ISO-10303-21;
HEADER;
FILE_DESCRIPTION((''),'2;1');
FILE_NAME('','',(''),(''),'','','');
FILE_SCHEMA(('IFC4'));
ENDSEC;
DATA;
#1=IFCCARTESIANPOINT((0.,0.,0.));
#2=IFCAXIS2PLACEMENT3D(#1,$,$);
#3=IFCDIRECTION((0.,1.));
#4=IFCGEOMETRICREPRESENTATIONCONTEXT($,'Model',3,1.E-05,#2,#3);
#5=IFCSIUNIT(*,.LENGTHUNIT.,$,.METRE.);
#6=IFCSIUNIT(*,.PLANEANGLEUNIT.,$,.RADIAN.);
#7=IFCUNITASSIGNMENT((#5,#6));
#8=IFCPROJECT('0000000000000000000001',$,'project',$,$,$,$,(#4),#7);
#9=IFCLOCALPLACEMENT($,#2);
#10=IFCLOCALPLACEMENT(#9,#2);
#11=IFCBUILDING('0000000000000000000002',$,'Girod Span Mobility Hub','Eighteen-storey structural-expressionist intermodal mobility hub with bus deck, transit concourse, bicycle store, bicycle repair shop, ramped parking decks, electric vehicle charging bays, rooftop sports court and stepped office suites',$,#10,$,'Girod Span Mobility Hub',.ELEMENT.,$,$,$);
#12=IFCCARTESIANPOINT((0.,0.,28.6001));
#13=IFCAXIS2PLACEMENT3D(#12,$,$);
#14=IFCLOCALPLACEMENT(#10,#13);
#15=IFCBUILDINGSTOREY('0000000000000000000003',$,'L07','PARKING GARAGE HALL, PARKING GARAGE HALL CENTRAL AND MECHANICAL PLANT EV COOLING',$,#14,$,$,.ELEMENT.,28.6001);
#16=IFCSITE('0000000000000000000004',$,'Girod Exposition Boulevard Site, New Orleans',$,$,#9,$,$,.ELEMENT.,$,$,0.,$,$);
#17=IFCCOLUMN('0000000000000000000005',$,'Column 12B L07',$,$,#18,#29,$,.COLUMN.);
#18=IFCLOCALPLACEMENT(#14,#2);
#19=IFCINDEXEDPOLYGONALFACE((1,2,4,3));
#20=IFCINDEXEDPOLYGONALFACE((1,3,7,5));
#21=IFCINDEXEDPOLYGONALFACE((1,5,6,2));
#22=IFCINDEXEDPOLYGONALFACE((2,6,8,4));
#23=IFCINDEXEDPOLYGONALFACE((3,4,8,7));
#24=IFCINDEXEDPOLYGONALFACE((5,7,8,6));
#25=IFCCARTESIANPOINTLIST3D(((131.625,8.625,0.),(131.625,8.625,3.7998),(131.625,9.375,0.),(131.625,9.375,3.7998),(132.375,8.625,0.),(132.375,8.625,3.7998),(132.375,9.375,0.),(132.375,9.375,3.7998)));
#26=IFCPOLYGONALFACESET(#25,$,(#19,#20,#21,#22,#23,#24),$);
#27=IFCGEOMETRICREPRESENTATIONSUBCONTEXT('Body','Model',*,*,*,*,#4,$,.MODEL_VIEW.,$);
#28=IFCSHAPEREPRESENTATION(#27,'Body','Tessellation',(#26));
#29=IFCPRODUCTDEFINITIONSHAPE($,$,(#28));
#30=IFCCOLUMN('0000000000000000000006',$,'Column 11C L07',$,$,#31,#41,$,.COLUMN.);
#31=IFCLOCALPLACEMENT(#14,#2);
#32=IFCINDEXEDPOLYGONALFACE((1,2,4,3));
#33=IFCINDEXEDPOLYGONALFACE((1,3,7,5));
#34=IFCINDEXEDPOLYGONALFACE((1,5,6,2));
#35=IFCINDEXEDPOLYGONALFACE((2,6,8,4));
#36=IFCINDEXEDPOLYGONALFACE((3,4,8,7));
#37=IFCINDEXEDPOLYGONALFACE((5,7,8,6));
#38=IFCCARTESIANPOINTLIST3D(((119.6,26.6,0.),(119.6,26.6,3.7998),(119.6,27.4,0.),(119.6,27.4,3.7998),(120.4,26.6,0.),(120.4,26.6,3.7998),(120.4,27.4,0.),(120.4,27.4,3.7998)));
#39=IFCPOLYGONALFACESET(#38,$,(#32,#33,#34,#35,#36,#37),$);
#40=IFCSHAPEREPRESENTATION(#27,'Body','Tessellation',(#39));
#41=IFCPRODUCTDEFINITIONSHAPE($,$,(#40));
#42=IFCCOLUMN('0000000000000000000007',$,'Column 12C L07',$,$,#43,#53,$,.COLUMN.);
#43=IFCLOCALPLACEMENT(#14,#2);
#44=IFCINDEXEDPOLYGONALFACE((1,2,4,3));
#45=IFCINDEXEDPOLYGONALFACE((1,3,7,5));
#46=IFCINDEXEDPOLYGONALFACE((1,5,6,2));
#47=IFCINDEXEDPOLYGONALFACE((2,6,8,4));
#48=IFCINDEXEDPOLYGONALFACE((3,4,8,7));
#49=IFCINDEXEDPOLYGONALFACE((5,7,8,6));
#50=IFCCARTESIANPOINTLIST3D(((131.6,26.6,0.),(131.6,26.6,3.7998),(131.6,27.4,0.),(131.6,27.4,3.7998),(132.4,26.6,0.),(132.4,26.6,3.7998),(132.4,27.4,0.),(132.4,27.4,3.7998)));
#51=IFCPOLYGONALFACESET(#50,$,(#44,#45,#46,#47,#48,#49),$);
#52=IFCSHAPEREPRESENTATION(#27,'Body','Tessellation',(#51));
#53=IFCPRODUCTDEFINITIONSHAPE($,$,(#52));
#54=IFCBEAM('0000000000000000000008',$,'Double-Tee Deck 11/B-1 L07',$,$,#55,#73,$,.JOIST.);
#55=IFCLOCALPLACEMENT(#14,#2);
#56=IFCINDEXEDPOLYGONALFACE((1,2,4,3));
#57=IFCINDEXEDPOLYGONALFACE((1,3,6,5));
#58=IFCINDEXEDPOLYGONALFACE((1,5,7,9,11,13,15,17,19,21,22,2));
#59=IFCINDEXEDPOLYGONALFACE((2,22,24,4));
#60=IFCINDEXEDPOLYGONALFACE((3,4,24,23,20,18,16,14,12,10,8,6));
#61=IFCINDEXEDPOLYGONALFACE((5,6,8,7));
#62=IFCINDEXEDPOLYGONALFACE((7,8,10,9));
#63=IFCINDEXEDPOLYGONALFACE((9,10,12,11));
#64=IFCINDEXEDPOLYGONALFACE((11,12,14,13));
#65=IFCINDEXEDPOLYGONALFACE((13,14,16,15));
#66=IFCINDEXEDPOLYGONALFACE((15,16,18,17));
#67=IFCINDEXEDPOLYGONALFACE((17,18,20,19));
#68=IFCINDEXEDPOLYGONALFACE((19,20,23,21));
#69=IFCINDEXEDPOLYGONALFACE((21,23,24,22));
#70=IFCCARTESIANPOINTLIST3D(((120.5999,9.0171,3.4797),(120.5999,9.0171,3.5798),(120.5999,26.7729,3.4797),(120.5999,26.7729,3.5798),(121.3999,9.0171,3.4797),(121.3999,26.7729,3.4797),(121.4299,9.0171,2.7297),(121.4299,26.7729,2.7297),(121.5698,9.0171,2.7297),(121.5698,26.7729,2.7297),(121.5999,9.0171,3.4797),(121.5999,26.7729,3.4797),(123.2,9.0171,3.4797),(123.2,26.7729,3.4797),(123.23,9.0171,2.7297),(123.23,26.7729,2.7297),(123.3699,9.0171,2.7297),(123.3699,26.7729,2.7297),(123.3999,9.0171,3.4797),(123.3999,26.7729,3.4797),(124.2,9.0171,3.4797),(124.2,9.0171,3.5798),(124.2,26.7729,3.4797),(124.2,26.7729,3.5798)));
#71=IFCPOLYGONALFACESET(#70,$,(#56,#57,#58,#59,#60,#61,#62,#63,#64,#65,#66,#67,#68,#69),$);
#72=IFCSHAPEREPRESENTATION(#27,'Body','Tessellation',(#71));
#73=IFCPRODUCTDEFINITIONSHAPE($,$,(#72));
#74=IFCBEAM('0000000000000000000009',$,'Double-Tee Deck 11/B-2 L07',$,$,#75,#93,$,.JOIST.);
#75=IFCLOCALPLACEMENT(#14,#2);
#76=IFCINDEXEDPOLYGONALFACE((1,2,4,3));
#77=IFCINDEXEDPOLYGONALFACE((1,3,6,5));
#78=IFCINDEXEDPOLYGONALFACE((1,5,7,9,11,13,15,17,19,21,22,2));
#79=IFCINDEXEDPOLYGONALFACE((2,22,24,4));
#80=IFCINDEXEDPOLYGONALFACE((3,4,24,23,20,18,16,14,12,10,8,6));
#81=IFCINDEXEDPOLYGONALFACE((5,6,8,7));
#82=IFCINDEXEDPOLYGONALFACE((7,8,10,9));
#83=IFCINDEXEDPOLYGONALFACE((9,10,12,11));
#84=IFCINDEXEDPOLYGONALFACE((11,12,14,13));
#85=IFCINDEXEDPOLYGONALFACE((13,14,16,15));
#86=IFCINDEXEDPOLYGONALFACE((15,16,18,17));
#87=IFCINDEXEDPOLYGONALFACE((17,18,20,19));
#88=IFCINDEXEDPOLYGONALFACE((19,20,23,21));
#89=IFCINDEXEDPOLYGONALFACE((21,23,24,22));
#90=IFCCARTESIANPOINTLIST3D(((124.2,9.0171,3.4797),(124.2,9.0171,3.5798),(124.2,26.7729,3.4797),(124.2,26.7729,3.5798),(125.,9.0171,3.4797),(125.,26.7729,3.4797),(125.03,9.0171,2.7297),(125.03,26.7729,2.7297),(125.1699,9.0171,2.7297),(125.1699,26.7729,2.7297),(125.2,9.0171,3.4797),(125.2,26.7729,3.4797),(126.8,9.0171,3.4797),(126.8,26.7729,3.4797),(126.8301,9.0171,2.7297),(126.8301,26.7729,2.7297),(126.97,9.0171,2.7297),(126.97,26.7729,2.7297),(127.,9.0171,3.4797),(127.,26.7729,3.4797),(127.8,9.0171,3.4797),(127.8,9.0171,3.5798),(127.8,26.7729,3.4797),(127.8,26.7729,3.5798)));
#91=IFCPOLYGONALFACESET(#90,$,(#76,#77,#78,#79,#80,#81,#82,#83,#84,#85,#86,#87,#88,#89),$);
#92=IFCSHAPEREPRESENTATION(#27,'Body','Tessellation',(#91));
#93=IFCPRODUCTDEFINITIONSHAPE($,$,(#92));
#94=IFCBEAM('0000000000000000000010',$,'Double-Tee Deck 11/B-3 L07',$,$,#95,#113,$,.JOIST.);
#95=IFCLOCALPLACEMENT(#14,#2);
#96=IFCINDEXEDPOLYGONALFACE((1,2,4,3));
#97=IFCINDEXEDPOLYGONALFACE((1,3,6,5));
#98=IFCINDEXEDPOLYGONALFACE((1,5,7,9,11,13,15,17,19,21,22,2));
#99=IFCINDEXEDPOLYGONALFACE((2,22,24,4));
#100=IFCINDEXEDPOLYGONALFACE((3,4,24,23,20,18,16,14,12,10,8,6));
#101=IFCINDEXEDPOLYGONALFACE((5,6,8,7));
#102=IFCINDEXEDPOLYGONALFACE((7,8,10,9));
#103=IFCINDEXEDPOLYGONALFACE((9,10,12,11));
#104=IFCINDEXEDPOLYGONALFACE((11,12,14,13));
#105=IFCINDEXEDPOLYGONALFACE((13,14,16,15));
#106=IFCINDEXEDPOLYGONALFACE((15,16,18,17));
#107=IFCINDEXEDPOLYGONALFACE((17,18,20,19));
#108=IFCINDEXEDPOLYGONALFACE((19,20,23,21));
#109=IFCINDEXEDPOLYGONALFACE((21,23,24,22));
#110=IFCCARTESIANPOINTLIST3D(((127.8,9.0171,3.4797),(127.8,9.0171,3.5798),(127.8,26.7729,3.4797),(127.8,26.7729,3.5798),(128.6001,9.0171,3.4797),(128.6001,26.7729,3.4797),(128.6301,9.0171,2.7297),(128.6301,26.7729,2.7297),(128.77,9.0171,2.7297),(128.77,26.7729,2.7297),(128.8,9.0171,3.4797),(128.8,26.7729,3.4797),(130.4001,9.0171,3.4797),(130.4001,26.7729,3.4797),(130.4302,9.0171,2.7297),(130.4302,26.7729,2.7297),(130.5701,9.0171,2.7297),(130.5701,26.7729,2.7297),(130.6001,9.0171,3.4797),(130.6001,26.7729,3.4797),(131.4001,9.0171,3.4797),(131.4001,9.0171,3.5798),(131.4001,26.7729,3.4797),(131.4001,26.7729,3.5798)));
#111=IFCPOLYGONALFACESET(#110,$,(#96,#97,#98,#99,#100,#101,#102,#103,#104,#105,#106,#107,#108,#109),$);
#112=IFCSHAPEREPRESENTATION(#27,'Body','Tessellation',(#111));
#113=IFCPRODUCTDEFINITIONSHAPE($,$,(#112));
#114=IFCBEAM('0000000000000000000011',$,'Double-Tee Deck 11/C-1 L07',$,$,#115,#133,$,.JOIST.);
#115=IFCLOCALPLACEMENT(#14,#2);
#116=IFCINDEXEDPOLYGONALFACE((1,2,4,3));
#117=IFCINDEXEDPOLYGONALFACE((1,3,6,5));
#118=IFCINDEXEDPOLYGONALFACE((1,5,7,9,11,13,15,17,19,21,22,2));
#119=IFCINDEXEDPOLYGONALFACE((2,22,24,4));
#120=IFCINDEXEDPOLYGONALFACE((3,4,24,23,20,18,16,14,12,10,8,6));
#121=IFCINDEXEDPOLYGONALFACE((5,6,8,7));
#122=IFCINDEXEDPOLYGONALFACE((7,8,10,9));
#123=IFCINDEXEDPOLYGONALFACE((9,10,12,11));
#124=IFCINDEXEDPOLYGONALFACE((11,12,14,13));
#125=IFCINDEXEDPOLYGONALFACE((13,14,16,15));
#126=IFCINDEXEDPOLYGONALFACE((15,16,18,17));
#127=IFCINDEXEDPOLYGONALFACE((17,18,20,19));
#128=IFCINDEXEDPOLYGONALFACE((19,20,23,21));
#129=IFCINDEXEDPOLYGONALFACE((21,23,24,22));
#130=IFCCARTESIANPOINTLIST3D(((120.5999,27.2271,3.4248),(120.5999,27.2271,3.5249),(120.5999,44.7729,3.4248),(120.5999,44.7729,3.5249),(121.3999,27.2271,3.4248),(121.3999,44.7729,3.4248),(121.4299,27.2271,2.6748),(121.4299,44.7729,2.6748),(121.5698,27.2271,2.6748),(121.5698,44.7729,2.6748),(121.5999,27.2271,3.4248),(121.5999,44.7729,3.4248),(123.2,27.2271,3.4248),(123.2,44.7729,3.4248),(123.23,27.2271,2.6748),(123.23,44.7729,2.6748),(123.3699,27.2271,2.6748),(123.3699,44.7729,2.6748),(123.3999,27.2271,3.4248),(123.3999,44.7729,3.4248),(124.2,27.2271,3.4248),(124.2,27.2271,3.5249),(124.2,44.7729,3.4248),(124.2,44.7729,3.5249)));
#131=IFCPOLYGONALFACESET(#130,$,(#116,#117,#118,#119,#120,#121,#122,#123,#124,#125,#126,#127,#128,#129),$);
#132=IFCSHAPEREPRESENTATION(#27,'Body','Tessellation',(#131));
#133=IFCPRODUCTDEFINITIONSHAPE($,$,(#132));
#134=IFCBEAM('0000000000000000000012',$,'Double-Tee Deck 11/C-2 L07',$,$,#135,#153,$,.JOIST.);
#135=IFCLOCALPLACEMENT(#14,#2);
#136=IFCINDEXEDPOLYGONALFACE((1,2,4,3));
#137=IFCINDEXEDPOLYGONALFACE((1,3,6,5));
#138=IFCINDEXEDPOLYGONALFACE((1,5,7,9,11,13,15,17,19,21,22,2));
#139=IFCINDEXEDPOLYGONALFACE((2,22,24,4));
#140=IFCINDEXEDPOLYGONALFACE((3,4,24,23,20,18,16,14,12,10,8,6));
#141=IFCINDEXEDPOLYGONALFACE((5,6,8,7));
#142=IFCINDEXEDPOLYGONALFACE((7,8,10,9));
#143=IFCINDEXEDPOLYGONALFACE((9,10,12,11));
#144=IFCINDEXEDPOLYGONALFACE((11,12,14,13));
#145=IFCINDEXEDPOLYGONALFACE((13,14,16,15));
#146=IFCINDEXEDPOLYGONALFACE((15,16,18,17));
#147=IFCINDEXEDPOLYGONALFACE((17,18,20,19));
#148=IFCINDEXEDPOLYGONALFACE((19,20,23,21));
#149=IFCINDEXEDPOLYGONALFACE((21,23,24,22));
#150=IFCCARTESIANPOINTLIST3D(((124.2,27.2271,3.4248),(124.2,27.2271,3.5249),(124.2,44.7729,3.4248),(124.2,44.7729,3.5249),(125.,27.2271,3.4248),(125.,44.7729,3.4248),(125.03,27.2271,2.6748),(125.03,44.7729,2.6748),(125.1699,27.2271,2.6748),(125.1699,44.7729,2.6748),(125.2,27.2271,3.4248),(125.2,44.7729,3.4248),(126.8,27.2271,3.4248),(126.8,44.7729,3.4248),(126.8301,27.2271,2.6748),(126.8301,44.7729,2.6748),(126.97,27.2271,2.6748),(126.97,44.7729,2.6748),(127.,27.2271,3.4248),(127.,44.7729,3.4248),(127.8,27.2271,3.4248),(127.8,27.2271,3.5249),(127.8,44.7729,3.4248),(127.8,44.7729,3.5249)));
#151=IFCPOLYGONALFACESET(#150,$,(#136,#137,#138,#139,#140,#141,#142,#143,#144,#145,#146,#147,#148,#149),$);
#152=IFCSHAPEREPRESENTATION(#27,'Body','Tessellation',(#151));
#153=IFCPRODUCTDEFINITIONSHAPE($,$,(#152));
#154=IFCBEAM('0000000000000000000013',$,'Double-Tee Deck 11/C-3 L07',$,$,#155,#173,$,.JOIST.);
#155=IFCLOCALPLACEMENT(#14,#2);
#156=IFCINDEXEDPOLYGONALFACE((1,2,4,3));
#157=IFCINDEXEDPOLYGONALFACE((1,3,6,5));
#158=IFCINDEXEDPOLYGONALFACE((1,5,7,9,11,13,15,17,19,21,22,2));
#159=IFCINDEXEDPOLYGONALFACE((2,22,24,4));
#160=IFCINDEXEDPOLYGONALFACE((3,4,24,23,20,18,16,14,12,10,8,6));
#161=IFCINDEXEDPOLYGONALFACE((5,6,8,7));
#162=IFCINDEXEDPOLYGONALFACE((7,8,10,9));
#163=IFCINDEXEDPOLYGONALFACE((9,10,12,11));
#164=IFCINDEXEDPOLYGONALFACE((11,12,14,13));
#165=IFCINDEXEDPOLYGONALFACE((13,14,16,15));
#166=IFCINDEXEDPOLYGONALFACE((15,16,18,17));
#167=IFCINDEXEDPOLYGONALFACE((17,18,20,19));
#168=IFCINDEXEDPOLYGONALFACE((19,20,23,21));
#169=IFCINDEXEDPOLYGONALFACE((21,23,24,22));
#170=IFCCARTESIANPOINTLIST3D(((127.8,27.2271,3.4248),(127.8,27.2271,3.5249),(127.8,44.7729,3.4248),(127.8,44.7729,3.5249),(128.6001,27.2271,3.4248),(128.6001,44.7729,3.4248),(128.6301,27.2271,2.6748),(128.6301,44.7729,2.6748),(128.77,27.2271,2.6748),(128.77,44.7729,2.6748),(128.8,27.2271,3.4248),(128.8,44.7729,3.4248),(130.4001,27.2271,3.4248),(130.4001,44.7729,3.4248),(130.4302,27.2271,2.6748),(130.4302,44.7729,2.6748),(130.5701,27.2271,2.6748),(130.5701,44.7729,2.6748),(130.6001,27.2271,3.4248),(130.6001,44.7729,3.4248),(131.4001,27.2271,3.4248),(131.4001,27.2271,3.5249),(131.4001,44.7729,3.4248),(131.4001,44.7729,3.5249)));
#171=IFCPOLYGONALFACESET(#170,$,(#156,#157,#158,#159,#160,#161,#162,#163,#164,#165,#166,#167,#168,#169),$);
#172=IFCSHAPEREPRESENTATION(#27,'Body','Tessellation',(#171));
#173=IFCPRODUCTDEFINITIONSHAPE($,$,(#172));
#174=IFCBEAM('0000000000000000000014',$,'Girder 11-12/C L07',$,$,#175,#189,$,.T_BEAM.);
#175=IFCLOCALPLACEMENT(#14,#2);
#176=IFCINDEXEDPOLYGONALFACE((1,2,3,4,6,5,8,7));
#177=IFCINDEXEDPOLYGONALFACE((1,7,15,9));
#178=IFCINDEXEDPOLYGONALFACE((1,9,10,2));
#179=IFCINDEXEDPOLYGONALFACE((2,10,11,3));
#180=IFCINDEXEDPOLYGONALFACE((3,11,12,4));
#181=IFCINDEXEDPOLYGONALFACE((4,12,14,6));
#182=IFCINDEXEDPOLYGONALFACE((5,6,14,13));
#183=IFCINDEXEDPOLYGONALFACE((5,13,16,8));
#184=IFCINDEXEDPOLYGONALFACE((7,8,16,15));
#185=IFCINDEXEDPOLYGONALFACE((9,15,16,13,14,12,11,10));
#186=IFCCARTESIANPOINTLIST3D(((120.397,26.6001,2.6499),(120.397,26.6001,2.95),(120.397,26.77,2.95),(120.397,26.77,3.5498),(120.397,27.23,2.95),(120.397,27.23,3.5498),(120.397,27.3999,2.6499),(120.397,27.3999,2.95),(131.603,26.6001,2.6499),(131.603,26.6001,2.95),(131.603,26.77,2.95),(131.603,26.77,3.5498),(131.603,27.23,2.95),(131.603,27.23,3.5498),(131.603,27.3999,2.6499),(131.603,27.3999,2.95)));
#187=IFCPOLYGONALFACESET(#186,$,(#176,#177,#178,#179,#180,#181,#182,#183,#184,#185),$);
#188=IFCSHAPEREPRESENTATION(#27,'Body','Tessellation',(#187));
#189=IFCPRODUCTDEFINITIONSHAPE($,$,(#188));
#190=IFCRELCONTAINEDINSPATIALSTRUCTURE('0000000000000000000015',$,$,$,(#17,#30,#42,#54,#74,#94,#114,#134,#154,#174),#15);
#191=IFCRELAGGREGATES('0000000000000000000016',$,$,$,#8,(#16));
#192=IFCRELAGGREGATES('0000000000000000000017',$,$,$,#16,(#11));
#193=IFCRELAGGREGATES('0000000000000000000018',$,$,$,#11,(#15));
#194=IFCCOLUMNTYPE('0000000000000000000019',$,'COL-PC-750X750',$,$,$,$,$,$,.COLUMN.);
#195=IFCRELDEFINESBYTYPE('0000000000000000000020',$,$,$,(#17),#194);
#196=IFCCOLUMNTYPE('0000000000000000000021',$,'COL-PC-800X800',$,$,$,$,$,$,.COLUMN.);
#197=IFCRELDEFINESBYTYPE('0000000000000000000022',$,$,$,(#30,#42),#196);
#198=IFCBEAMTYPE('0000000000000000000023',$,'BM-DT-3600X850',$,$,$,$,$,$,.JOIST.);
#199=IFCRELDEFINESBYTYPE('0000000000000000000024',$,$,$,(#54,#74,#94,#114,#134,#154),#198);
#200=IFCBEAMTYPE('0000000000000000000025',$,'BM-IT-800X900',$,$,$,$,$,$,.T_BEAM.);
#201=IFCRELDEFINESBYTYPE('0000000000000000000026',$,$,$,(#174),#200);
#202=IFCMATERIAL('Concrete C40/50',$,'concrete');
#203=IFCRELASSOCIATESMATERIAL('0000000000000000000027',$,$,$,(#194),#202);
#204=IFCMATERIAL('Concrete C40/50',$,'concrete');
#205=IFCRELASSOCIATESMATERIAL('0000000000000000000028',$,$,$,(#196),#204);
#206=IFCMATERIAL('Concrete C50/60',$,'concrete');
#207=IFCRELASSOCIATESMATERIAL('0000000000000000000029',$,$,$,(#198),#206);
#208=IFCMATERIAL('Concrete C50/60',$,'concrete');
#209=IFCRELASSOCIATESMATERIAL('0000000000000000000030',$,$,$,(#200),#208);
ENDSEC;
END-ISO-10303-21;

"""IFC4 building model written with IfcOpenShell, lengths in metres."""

from ifc_helpers import new_model, si_unit, direction, frame, origin, origin_2d, place, context, subcontext, project, spatial, polyline, rectangle, outline, extrude, material, material_profile, profile_set, type_object, element, save


model = new_model("IFC4")

# Units and contexts
model_context = context("Model", 3, precision=1e-05, world=origin(), true_north=direction((0.0, 1.0)))
body_context = subcontext(model_context, "Body", "Model", "MODEL_VIEW")
ifc_project = project(units=[si_unit("LENGTHUNIT", "METRE"), si_unit("PLANEANGLEUNIT", "RADIAN")], contexts=[model_context])

# Site, building, storey
site_placement = place(None, origin())
site = spatial("IfcSite", under=ifc_project, at=site_placement, Name="Girod Exposition Boulevard Site, New Orleans", CompositionType="ELEMENT", RefElevation=0.0)
building_placement = place(site_placement, origin())
building = spatial("IfcBuilding", under=site, at=building_placement, Name="Girod Span Mobility Hub", Description="Eighteen-storey structural-expressionist intermodal mobility hub with bus deck, transit concourse, bicycle store, bicycle repair shop, ramped parking decks, electric vehicle charging bays, rooftop sports court and stepped office suites", LongName="Girod Span Mobility Hub", CompositionType="ELEMENT")
storey_placement = place(building_placement, frame((0.0, 0.0, 28.6001)))
storey = spatial("IfcBuildingStorey", under=building, at=storey_placement, Name="L07", Description="PARKING GARAGE HALL, PARKING GARAGE HALL CENTRAL AND MECHANICAL PLANT EV COOLING", CompositionType="ELEMENT", Elevation=28.6001)

# Columns
ifc_material_1 = material(Name="Concrete C40/50", Category="concrete")
ifc_material_profile_1 = material_profile(ifc_material_1, rectangle(XDim=0.75, YDim=0.75, at=origin_2d()), Name="PC-COL-750X750")
ifc_profile_set_1 = profile_set([ifc_material_profile_1], Name="Concrete C40/50")
column_type_1 = type_object("IfcColumnType", Name="COL-PC-750X750", PredefinedType="COLUMN", material=ifc_profile_set_1)
column_placement = place(storey_placement, frame((132.0, 9.0, 0.0), z_axis=(0.0, 0.0, 1.0), x_axis=(1.0, 0.0, 0.0)))
element("IfcColumn", 1, at=column_placement, inside=storey, type_object=column_type_1, Name="Column 12B L07", PredefinedType="COLUMN", context=body_context, shape_type="SweptSolid", body=[
    extrude(rectangle(XDim=0.75, YDim=0.75, at=origin_2d()), origin(), (0.0, 0.0, 1.0), 3.7998),
])
ifc_material_2 = material(Name="Concrete C40/50", Category="concrete")
ifc_material_profile_2 = material_profile(ifc_material_2, rectangle(XDim=0.8, YDim=0.8, at=origin_2d()), Name="PC-COL-800X800")
ifc_profile_set_2 = profile_set([ifc_material_profile_2], Name="Concrete C40/50")
column_type_2 = type_object("IfcColumnType", Name="COL-PC-800X800", PredefinedType="COLUMN", material=ifc_profile_set_2)
for number, where, z_axis, x_axis, name in (
    (2, (120.0, 27.0, 0.0), (0.0, 0.0, 1.0), (1.0, 0.0, 0.0), "Column 11C L07"),
    (3, (132.0, 27.0, 0.0), (0.0, 0.0, 1.0), (1.0, 0.0, 0.0), "Column 12C L07"),
):
    element("IfcColumn", number, at=place(storey_placement, frame(where, z_axis=z_axis, x_axis=x_axis)), inside=storey, type_object=column_type_2, Name=name, PredefinedType="COLUMN", context=body_context, shape_type="SweptSolid", body=[
        extrude(rectangle(XDim=0.8, YDim=0.8, at=origin_2d()), origin(), (0.0, 0.0, 1.0), 3.7998),
    ])

# Beams
ifc_material_3 = material(Name="Concrete C50/60", Category="concrete")
ifc_material_profile_3 = material_profile(ifc_material_3, outline(polyline([(-1.8, 0.425), (-1.8, 0.325), (-1.0, 0.325), (-0.97, -0.425), (-0.8301, -0.425), (-0.8, 0.325), (0.8, 0.325), (0.8301, -0.425), (0.97, -0.425), (1.0, 0.325), (1.8, 0.325), (1.8, 0.425), (-1.8, 0.425)])), Name="DT-3600X850")
ifc_profile_set_3 = profile_set([ifc_material_profile_3], Name="Concrete C50/60")
beam_type_1 = type_object("IfcBeamType", Name="BM-DT-3600X850", PredefinedType="JOIST", material=ifc_profile_set_3)
for number, where, z_axis, x_axis, name in (
    (4, (122.3999, 9.0171, 3.1548), (0.0, 1.0, 0.0), (-1.0, 0.0, 0.0), "Double-Tee Deck 11/B-1 L07"),
    (5, (126.0, 9.0171, 3.1548), (0.0, 1.0, 0.0), (-1.0, 0.0, 0.0), "Double-Tee Deck 11/B-2 L07"),
    (6, (129.6001, 9.0171, 3.1548), (0.0, 1.0, 0.0), (-1.0, 0.0, 0.0), "Double-Tee Deck 11/B-3 L07"),
):
    element("IfcBeam", number, at=place(storey_placement, frame(where, z_axis=z_axis, x_axis=x_axis)), inside=storey, type_object=beam_type_1, Name=name, PredefinedType="JOIST", context=body_context, shape_type="SweptSolid", body=[
        extrude(outline(polyline([(-1.8, 0.425), (-1.8, 0.325), (-1.0, 0.325), (-0.97, -0.425), (-0.8301, -0.425), (-0.8, 0.325), (0.8, 0.325), (0.8301, -0.425), (0.97, -0.425), (1.0, 0.325), (1.8, 0.325), (1.8, 0.425), (-1.8, 0.425)])), origin(), (0.0, 0.0, 1.0), 17.7559),
    ])
for number, where, z_axis, x_axis, name in (
    (7, (122.3999, 27.2271, 3.0999), (0.0, 1.0, 0.0), (-1.0, 0.0, 0.0), "Double-Tee Deck 11/C-1 L07"),
    (8, (126.0, 27.2271, 3.0999), (0.0, 1.0, 0.0), (-1.0, 0.0, 0.0), "Double-Tee Deck 11/C-2 L07"),
    (9, (129.6001, 27.2271, 3.0999), (0.0, 1.0, 0.0), (-1.0, 0.0, 0.0), "Double-Tee Deck 11/C-3 L07"),
):
    element("IfcBeam", number, at=place(storey_placement, frame(where, z_axis=z_axis, x_axis=x_axis)), inside=storey, type_object=beam_type_1, Name=name, PredefinedType="JOIST", context=body_context, shape_type="SweptSolid", body=[
        extrude(outline(polyline([(-1.8, 0.425), (-1.8, 0.325), (-1.0, 0.325), (-0.97, -0.425), (-0.8301, -0.425), (-0.8, 0.325), (0.8, 0.325), (0.8301, -0.425), (0.97, -0.425), (1.0, 0.325), (1.8, 0.325), (1.8, 0.425), (-1.8, 0.425)])), origin(), (0.0, 0.0, 1.0), 17.5459),
    ])
ifc_material_4 = material(Name="Concrete C50/60", Category="concrete")
ifc_material_profile_4 = material_profile(ifc_material_4, outline(polyline([(-0.3999, -0.45), (0.3999, -0.45), (0.3999, -0.1499), (0.23, -0.1499), (0.23, 0.45), (-0.23, 0.45), (-0.23, -0.1499), (-0.3999, -0.1499), (-0.3999, -0.45)])), Name="IT-800X900")
ifc_profile_set_4 = profile_set([ifc_material_profile_4], Name="Concrete C50/60")
beam_type_2 = type_object("IfcBeamType", Name="BM-IT-800X900", PredefinedType="T_BEAM", material=ifc_profile_set_4)
for number, where, z_axis, x_axis, name in (
    (10, (120.397, 27.0, 3.0999), (1.0, 0.0, 0.0), (0.0, 1.0, 0.0), "Girder 11-12/C L07"),
):
    element("IfcBeam", number, at=place(storey_placement, frame(where, z_axis=z_axis, x_axis=x_axis)), inside=storey, type_object=beam_type_2, Name=name, PredefinedType="T_BEAM", context=body_context, shape_type="SweptSolid", body=[
        extrude(outline(polyline([(-0.3999, -0.45), (0.3999, -0.45), (0.3999, -0.1499), (0.23, -0.1499), (0.23, 0.45), (-0.23, 0.45), (-0.23, -0.1499), (-0.3999, -0.1499), (-0.3999, -0.45)])), origin(), (0.0, 0.0, 1.0), 11.2061),
    ])

save(model, "model.ifc")
